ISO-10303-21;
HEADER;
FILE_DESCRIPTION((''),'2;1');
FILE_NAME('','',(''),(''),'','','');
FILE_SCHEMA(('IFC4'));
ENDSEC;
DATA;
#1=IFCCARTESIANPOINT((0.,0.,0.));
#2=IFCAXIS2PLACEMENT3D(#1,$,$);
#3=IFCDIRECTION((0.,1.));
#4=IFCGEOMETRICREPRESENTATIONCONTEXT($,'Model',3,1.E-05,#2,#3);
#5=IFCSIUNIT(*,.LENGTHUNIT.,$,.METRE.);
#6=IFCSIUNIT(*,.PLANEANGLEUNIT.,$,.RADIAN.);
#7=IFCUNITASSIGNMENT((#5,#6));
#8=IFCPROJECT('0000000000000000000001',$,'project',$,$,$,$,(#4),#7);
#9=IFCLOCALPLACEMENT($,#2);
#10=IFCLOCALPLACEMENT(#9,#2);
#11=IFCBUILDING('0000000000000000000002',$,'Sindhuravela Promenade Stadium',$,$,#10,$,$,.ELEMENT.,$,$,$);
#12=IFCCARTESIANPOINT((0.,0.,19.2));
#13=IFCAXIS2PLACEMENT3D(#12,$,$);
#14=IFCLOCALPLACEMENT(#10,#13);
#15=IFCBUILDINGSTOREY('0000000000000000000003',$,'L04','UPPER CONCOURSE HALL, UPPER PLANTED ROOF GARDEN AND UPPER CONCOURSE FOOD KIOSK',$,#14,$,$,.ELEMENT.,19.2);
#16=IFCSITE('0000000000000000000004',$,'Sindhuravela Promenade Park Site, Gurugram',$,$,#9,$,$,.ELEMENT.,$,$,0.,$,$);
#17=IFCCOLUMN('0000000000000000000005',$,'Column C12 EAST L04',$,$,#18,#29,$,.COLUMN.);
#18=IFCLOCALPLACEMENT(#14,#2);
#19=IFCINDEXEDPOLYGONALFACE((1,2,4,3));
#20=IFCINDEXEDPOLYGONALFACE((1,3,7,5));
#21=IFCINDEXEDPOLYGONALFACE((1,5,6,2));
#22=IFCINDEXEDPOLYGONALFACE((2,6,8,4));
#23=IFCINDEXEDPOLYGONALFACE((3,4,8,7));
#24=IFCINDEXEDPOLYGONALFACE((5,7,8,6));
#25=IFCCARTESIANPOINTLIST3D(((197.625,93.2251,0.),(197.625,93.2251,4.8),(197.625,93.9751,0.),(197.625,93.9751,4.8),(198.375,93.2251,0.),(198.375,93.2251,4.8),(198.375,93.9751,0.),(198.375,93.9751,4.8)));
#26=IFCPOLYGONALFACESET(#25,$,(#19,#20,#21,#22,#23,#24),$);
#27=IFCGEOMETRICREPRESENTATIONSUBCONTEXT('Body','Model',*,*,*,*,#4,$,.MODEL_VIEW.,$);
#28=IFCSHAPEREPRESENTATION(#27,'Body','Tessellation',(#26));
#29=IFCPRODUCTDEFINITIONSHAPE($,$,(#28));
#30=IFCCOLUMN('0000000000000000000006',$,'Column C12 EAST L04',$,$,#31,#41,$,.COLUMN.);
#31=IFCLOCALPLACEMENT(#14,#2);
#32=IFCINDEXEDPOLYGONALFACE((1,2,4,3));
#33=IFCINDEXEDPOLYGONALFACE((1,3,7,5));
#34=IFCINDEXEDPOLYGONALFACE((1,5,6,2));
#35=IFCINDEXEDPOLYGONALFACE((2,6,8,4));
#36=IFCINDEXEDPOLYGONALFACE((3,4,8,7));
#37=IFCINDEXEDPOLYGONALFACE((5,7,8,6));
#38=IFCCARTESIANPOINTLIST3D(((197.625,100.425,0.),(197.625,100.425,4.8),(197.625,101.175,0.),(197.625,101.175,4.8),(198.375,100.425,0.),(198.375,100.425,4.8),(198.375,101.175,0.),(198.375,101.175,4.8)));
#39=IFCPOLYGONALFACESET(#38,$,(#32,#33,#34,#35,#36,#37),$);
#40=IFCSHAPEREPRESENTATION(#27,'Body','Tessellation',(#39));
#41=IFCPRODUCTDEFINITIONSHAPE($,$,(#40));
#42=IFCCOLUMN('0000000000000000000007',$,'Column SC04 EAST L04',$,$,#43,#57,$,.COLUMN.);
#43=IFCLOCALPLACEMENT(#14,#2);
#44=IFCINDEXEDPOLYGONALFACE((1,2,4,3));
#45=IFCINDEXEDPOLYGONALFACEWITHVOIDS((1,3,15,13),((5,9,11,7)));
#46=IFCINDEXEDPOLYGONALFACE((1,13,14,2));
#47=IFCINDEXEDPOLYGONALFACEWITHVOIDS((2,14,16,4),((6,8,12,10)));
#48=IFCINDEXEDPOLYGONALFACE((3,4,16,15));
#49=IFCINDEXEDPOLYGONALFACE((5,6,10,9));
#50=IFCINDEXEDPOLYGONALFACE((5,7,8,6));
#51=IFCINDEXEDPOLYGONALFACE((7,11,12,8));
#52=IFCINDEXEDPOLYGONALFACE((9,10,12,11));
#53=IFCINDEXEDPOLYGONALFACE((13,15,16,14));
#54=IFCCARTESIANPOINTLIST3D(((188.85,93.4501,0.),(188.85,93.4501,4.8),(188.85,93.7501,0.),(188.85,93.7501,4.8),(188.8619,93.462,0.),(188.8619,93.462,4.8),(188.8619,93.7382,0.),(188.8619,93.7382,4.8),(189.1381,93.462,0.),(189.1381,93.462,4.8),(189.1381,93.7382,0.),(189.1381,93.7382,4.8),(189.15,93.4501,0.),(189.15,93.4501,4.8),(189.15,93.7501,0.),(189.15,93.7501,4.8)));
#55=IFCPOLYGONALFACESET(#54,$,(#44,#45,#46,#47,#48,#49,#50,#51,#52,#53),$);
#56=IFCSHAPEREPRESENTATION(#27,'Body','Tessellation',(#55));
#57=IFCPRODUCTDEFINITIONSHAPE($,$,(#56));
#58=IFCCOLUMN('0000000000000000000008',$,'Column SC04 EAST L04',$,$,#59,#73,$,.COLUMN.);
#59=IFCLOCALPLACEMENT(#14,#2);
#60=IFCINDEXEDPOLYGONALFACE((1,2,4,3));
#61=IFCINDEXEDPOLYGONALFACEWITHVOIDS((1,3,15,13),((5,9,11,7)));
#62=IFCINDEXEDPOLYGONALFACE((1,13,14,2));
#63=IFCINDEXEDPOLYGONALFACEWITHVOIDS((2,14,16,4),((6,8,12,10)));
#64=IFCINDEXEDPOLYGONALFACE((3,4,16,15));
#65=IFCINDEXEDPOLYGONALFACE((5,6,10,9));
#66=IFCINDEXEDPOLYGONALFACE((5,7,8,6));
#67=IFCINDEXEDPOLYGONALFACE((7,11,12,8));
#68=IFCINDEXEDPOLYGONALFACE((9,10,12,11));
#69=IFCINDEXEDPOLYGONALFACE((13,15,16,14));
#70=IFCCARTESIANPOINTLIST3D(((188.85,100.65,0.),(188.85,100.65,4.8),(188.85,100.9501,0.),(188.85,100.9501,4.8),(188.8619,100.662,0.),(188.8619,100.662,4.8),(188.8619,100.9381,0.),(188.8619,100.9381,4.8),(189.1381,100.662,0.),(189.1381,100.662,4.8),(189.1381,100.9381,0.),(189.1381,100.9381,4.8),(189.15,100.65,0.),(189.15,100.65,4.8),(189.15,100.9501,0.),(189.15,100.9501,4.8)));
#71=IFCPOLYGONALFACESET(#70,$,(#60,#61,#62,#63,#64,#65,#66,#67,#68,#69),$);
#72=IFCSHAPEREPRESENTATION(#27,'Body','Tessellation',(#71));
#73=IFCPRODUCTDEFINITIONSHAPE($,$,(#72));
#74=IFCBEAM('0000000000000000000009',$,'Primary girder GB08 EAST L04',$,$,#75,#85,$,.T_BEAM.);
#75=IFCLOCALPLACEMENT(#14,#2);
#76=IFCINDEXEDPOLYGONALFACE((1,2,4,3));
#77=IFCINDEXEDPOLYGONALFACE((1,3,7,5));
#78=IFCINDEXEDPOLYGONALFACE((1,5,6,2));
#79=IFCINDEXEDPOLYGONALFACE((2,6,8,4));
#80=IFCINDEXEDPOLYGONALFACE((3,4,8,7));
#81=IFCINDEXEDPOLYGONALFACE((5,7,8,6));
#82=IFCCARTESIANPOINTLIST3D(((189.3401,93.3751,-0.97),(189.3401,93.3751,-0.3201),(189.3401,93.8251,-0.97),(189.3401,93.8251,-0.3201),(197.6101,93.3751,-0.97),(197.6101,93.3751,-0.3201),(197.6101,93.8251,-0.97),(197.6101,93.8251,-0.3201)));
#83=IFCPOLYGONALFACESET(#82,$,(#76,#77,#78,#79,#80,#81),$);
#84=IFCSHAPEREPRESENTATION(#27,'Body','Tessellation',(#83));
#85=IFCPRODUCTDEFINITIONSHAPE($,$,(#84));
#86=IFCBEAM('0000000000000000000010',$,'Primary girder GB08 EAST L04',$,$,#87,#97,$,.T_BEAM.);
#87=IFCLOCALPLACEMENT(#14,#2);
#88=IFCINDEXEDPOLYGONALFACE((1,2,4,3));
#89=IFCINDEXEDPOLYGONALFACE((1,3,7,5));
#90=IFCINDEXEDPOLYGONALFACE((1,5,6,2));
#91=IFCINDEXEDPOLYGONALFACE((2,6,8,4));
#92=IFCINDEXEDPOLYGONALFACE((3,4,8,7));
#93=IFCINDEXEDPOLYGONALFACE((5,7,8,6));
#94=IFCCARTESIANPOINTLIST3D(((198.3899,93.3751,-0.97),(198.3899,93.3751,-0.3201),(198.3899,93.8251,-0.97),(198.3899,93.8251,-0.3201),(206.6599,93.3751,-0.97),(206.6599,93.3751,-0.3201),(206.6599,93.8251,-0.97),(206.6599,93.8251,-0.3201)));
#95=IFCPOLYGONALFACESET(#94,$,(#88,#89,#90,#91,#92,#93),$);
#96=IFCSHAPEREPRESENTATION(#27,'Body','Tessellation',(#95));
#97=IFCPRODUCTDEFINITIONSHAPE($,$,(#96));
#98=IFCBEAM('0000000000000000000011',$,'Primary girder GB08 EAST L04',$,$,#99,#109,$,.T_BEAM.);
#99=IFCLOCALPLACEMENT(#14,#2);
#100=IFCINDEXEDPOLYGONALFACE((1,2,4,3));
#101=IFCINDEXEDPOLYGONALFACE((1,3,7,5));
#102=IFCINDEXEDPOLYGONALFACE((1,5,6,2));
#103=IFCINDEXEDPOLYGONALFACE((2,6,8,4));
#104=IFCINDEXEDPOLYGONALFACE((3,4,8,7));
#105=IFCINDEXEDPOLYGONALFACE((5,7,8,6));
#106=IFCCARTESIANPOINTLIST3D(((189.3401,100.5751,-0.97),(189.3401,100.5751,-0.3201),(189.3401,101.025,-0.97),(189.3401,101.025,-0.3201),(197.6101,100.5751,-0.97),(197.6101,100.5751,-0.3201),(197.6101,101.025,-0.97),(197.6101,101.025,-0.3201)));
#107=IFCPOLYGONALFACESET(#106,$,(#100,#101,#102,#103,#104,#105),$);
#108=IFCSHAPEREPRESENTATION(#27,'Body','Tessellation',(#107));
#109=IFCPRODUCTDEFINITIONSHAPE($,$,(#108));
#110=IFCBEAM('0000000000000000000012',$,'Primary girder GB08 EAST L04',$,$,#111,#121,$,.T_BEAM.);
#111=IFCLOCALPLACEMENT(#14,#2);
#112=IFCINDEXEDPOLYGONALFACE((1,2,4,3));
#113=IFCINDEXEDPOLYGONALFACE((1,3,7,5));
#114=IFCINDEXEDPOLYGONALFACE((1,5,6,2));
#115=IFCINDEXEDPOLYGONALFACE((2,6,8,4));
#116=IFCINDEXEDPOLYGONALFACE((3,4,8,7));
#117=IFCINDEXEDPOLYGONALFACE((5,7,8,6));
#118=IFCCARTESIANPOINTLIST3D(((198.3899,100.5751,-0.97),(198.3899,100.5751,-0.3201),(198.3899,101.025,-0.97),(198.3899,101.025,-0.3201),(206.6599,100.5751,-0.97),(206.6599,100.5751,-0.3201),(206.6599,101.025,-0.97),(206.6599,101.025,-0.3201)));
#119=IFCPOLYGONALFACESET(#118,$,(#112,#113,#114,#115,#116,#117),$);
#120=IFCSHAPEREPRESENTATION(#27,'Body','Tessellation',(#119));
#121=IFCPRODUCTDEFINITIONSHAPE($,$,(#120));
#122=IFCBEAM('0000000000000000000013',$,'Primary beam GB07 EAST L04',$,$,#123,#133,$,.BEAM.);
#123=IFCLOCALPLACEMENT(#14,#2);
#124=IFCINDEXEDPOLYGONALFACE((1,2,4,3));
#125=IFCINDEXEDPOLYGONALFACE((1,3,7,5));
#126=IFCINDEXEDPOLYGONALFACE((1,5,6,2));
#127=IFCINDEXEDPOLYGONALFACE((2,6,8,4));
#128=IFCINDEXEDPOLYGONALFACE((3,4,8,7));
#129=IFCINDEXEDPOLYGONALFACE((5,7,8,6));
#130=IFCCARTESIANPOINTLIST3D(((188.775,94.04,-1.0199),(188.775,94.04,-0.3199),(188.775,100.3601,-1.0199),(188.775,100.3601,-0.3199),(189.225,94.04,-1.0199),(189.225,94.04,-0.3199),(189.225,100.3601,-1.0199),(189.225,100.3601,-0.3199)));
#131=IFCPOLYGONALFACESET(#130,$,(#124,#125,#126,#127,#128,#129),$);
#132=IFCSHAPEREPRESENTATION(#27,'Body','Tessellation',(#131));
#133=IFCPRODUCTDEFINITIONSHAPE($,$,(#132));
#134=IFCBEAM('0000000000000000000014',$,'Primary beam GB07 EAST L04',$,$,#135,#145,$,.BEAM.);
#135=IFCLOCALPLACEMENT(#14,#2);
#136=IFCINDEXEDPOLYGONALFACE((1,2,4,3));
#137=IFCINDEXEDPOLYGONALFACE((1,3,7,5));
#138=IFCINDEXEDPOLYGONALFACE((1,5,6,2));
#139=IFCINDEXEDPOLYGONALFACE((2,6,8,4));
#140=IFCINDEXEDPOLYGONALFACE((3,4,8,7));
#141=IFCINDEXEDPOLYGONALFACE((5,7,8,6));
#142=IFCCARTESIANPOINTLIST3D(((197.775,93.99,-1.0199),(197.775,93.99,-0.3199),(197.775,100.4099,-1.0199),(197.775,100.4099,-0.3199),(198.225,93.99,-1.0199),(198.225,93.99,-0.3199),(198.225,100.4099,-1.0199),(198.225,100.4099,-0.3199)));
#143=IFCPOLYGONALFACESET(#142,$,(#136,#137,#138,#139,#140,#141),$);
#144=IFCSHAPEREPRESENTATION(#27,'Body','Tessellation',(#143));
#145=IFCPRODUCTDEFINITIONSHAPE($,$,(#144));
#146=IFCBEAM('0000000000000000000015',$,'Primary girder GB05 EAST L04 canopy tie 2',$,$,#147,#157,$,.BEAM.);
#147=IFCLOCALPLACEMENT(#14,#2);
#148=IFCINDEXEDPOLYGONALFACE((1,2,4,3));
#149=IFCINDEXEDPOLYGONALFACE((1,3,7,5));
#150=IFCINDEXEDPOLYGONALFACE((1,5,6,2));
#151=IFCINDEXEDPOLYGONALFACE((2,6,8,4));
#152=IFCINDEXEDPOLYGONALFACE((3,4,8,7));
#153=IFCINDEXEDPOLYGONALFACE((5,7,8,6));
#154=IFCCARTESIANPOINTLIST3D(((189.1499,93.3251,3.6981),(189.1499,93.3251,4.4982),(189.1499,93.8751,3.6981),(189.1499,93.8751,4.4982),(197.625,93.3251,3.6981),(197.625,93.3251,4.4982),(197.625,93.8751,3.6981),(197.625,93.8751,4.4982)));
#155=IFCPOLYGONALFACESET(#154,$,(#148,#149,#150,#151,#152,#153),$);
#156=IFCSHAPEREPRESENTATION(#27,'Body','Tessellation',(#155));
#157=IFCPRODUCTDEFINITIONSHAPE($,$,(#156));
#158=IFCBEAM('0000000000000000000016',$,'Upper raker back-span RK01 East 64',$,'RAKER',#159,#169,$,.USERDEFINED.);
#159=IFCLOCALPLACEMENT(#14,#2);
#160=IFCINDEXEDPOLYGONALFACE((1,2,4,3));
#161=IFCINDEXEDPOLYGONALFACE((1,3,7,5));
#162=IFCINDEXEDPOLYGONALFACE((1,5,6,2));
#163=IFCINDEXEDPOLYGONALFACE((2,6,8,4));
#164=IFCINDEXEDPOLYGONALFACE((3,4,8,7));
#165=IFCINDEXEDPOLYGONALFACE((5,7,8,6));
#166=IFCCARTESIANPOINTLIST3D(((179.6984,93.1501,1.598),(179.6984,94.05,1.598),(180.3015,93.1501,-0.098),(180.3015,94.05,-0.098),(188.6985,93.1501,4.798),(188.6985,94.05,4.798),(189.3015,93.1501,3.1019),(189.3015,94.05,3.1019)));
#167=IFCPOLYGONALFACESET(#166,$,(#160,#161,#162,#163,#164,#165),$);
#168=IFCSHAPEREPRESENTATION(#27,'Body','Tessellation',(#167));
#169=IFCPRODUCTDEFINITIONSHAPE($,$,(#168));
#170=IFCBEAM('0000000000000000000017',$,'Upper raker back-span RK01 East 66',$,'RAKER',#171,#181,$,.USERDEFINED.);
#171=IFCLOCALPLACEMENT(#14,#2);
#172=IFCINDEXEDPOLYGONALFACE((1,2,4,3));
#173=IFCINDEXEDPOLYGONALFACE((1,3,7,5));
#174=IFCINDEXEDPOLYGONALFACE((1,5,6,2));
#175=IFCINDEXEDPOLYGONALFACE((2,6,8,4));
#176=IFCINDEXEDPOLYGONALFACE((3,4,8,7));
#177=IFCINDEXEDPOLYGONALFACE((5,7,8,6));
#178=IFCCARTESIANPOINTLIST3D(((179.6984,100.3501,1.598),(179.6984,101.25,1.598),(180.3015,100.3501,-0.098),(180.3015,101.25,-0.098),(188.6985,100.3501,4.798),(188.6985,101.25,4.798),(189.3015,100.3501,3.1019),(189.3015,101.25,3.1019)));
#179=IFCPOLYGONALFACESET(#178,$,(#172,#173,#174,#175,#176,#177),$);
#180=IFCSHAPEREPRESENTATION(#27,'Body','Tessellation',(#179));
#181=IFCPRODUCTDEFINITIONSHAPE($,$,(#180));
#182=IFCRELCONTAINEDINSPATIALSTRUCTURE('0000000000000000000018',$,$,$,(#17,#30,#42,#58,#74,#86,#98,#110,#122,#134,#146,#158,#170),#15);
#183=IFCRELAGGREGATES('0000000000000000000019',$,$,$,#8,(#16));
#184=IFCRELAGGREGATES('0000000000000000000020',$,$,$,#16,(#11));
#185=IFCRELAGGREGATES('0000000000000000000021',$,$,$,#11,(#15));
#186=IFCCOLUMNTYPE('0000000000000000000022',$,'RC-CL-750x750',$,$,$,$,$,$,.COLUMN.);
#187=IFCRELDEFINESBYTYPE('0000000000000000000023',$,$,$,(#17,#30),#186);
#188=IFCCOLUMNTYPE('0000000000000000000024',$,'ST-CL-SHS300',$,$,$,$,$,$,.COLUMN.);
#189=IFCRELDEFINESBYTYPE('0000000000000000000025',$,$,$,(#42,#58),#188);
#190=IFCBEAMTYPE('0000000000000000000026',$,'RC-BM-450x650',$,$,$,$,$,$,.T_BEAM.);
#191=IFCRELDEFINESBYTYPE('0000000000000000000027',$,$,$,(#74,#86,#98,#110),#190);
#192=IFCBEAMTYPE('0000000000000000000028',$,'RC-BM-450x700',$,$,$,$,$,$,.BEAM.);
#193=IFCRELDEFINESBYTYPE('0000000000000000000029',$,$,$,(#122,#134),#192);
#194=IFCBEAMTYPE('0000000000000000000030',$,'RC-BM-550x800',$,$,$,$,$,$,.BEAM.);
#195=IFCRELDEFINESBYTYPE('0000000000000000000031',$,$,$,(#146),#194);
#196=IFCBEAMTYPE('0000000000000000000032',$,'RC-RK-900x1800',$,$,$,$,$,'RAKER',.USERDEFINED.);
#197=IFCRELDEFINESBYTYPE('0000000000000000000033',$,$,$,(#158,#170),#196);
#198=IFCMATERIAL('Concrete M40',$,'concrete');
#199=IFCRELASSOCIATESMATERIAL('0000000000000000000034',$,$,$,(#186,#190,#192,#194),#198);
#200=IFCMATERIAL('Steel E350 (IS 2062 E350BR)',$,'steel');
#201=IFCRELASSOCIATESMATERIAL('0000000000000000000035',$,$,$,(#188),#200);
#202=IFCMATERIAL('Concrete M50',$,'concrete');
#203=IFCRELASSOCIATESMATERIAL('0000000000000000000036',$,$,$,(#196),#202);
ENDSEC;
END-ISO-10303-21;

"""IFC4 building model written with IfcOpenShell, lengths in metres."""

from ifc_helpers import new_model, si_unit, direction, frame, origin, origin_2d, place, context, subcontext, project, spatial, rectangle, hollow_rectangle, extrude, material, material_profile, profile_set, type_object, element, save


model = new_model("IFC4")

# Units and contexts
model_context = context("Model", 3, precision=1e-05, world=origin(), true_north=direction((0.0, 1.0)))
body_context = subcontext(model_context, "Body", "Model", "MODEL_VIEW")
ifc_project = project(units=[si_unit("LENGTHUNIT", "METRE"), si_unit("PLANEANGLEUNIT", "RADIAN")], contexts=[model_context])

# Site, building, storey
site_placement = place(None, origin())
site = spatial("IfcSite", under=ifc_project, at=site_placement, Name="Sindhuravela Promenade Park Site, Gurugram", CompositionType="ELEMENT", RefElevation=0.0)
building_placement = place(site_placement, origin())
building = spatial("IfcBuilding", under=site, at=building_placement, Name="Sindhuravela Promenade Stadium", CompositionType="ELEMENT")
storey_placement = place(building_placement, frame((0.0, 0.0, 19.2)))
storey = spatial("IfcBuildingStorey", under=building, at=storey_placement, Name="L04", Description="UPPER CONCOURSE HALL, UPPER PLANTED ROOF GARDEN AND UPPER CONCOURSE FOOD KIOSK", CompositionType="ELEMENT", Elevation=19.2)

# Columns
ifc_material_1 = material(Name="Concrete M40", Category="concrete")
ifc_material_profile_1 = material_profile(ifc_material_1, rectangle(XDim=0.75, YDim=0.75, at=origin_2d()), Name="RC 750x750")
ifc_profile_set_1 = profile_set([ifc_material_profile_1], Name="Concrete M40")
column_type_1 = type_object("IfcColumnType", Name="RC-CL-750x750", PredefinedType="COLUMN", material=ifc_profile_set_1)
for number, where, z_axis, x_axis, name in (
    (1, (198.0, 93.6001, 0.0), (0.0, 0.0, 1.0), (1.0, 0.0, 0.0), "Column C12 EAST L04"),
    (2, (198.0, 100.8, 0.0), (0.0, 0.0, 1.0), (1.0, 0.0, 0.0), "Column C12 EAST L04"),
):
    element("IfcColumn", number, at=place(storey_placement, frame(where, z_axis=z_axis, x_axis=x_axis)), inside=storey, type_object=column_type_1, Name=name, PredefinedType="COLUMN", context=body_context, shape_type="SweptSolid", body=[
        extrude(rectangle(XDim=0.75, YDim=0.75, at=origin_2d()), origin(), (0.0, 0.0, 1.0), 4.8),
    ])
ifc_material_2 = material(Name="Steel E350 (IS 2062 E350BR)", Category="steel")
ifc_material_profile_2 = material_profile(ifc_material_2, hollow_rectangle(XDim=0.3, YDim=0.3, WallThickness=0.012, at=origin_2d()), Name="SHS 300x300x12")
ifc_profile_set_2 = profile_set([ifc_material_profile_2], Name="Steel E350 (IS 2062 E350BR)")
column_type_2 = type_object("IfcColumnType", Name="ST-CL-SHS300", PredefinedType="COLUMN", material=ifc_profile_set_2)
for number, where, z_axis, x_axis, name in (
    (3, (189.0, 93.6001, 0.0), (0.0, 0.0, 1.0), (1.0, 0.0, 0.0), "Column SC04 EAST L04"),
    (4, (189.0, 100.8, 0.0), (0.0, 0.0, 1.0), (1.0, 0.0, 0.0), "Column SC04 EAST L04"),
):
    element("IfcColumn", number, at=place(storey_placement, frame(where, z_axis=z_axis, x_axis=x_axis)), inside=storey, type_object=column_type_2, Name=name, PredefinedType="COLUMN", context=body_context, shape_type="SweptSolid", body=[
        extrude(hollow_rectangle(XDim=0.3, YDim=0.3, WallThickness=0.012, at=origin_2d()), origin(), (0.0, 0.0, 1.0), 4.8),
    ])

# Beams
ifc_material_profile_3 = material_profile(ifc_material_1, rectangle(XDim=0.45, YDim=0.6499, at=origin_2d()), Name="RC 450x650")
ifc_profile_set_3 = profile_set([ifc_material_profile_3], Name="Concrete M40")
beam_type_1 = type_object("IfcBeamType", Name="RC-BM-450x650", PredefinedType="T_BEAM", material=ifc_profile_set_3)
for number, where, z_axis, x_axis, name in (
    (5, (189.3401, 93.6001, -0.645), (1.0, 0.0, 0.0), (0.0, 1.0, 0.0), "Primary girder GB08 EAST L04"),
    (6, (198.3899, 93.6001, -0.645), (1.0, 0.0, 0.0), (0.0, 1.0, 0.0), "Primary girder GB08 EAST L04"),
    (7, (189.3401, 100.8, -0.645), (1.0, 0.0, 0.0), (0.0, 1.0, 0.0), "Primary girder GB08 EAST L04"),
    (8, (198.3899, 100.8, -0.645), (1.0, 0.0, 0.0), (0.0, 1.0, 0.0), "Primary girder GB08 EAST L04"),
):
    element("IfcBeam", number, at=place(storey_placement, frame(where, z_axis=z_axis, x_axis=x_axis)), inside=storey, type_object=beam_type_1, Name=name, PredefinedType="T_BEAM", context=body_context, shape_type="SweptSolid", body=[
        extrude(rectangle(XDim=0.45, YDim=0.6499, at=origin_2d()), origin(), (0.0, 0.0, 1.0), 8.27),
    ])
ifc_material_profile_4 = material_profile(ifc_material_1, rectangle(XDim=0.45, YDim=0.7, at=origin_2d()), Name="RC 450x700")
ifc_profile_set_4 = profile_set([ifc_material_profile_4], Name="Concrete M40")
beam_type_2 = type_object("IfcBeamType", Name="RC-BM-450x700", PredefinedType="BEAM", material=ifc_profile_set_4)
beam_1_placement = place(storey_placement, frame((189.0, 94.04, -0.6699), z_axis=(0.0, 1.0, 0.0), x_axis=(-1.0, 0.0, 0.0)))
element("IfcBeam", 9, at=beam_1_placement, inside=storey, type_object=beam_type_2, Name="Primary beam GB07 EAST L04", PredefinedType="BEAM", context=body_context, shape_type="SweptSolid", body=[
    extrude(rectangle(XDim=0.45, YDim=0.7, at=origin_2d()), origin(), (0.0, 0.0, 1.0), 6.3201),
])
beam_2_placement = place(storey_placement, frame((198.0, 93.99, -0.6699), z_axis=(0.0, 1.0, 0.0), x_axis=(-1.0, 0.0, 0.0)))
element("IfcBeam", 10, at=beam_2_placement, inside=storey, type_object=beam_type_2, Name="Primary beam GB07 EAST L04", PredefinedType="BEAM", context=body_context, shape_type="SweptSolid", body=[
    extrude(rectangle(XDim=0.45, YDim=0.7, at=origin_2d()), origin(), (0.0, 0.0, 1.0), 6.4199),
])
ifc_material_profile_5 = material_profile(ifc_material_1, rectangle(XDim=0.55, YDim=0.8, at=origin_2d()), Name="RC 550x800")
ifc_profile_set_5 = profile_set([ifc_material_profile_5], Name="Concrete M40")
beam_type_3 = type_object("IfcBeamType", Name="RC-BM-550x800", PredefinedType="BEAM", material=ifc_profile_set_5)
beam_3_placement = place(storey_placement, frame((189.1499, 93.6001, 4.0981), z_axis=(1.0, 0.0, 0.0), x_axis=(0.0, 1.0, 0.0)))
element("IfcBeam", 11, at=beam_3_placement, inside=storey, type_object=beam_type_3, Name="Primary girder GB05 EAST L04 canopy tie 2", PredefinedType="BEAM", context=body_context, shape_type="SweptSolid", body=[
    extrude(rectangle(XDim=0.55, YDim=0.8, at=origin_2d()), origin(), (0.0, 0.0, 1.0), 8.4751),
])
ifc_material_3 = material(Name="Concrete M50", Category="concrete")
ifc_material_profile_6 = material_profile(ifc_material_3, rectangle(XDim=0.8999, YDim=1.8, at=origin_2d()), Name="RC 900x1800")
ifc_profile_set_6 = profile_set([ifc_material_profile_6], Name="Concrete M50")
beam_type_4 = type_object("IfcBeamType", Name="RC-RK-900x1800", ElementType="RAKER", PredefinedType="USERDEFINED", material=ifc_profile_set_6)
for number, where, z_axis, x_axis, name in (
    (12, (189.0, 93.6001, 3.95), (-0.942216, 0.0, -0.335005), (0.0, -1.0, 0.0), "Upper raker back-span RK01 East 64"),
    (13, (189.0, 100.8, 3.95), (-0.942216, 0.0, -0.335005), (0.0, -1.0, 0.0), "Upper raker back-span RK01 East 66"),
):
    element("IfcBeam", number, at=place(storey_placement, frame(where, z_axis=z_axis, x_axis=x_axis)), inside=storey, type_object=beam_type_4, Name=name, ObjectType="RAKER", PredefinedType="USERDEFINED", context=body_context, shape_type="SweptSolid", body=[
        extrude(rectangle(XDim=0.8999, YDim=1.8, at=origin_2d()), origin(), (0.0, 0.0, 1.0), 9.552),
    ])

save(model, "model.ifc")
